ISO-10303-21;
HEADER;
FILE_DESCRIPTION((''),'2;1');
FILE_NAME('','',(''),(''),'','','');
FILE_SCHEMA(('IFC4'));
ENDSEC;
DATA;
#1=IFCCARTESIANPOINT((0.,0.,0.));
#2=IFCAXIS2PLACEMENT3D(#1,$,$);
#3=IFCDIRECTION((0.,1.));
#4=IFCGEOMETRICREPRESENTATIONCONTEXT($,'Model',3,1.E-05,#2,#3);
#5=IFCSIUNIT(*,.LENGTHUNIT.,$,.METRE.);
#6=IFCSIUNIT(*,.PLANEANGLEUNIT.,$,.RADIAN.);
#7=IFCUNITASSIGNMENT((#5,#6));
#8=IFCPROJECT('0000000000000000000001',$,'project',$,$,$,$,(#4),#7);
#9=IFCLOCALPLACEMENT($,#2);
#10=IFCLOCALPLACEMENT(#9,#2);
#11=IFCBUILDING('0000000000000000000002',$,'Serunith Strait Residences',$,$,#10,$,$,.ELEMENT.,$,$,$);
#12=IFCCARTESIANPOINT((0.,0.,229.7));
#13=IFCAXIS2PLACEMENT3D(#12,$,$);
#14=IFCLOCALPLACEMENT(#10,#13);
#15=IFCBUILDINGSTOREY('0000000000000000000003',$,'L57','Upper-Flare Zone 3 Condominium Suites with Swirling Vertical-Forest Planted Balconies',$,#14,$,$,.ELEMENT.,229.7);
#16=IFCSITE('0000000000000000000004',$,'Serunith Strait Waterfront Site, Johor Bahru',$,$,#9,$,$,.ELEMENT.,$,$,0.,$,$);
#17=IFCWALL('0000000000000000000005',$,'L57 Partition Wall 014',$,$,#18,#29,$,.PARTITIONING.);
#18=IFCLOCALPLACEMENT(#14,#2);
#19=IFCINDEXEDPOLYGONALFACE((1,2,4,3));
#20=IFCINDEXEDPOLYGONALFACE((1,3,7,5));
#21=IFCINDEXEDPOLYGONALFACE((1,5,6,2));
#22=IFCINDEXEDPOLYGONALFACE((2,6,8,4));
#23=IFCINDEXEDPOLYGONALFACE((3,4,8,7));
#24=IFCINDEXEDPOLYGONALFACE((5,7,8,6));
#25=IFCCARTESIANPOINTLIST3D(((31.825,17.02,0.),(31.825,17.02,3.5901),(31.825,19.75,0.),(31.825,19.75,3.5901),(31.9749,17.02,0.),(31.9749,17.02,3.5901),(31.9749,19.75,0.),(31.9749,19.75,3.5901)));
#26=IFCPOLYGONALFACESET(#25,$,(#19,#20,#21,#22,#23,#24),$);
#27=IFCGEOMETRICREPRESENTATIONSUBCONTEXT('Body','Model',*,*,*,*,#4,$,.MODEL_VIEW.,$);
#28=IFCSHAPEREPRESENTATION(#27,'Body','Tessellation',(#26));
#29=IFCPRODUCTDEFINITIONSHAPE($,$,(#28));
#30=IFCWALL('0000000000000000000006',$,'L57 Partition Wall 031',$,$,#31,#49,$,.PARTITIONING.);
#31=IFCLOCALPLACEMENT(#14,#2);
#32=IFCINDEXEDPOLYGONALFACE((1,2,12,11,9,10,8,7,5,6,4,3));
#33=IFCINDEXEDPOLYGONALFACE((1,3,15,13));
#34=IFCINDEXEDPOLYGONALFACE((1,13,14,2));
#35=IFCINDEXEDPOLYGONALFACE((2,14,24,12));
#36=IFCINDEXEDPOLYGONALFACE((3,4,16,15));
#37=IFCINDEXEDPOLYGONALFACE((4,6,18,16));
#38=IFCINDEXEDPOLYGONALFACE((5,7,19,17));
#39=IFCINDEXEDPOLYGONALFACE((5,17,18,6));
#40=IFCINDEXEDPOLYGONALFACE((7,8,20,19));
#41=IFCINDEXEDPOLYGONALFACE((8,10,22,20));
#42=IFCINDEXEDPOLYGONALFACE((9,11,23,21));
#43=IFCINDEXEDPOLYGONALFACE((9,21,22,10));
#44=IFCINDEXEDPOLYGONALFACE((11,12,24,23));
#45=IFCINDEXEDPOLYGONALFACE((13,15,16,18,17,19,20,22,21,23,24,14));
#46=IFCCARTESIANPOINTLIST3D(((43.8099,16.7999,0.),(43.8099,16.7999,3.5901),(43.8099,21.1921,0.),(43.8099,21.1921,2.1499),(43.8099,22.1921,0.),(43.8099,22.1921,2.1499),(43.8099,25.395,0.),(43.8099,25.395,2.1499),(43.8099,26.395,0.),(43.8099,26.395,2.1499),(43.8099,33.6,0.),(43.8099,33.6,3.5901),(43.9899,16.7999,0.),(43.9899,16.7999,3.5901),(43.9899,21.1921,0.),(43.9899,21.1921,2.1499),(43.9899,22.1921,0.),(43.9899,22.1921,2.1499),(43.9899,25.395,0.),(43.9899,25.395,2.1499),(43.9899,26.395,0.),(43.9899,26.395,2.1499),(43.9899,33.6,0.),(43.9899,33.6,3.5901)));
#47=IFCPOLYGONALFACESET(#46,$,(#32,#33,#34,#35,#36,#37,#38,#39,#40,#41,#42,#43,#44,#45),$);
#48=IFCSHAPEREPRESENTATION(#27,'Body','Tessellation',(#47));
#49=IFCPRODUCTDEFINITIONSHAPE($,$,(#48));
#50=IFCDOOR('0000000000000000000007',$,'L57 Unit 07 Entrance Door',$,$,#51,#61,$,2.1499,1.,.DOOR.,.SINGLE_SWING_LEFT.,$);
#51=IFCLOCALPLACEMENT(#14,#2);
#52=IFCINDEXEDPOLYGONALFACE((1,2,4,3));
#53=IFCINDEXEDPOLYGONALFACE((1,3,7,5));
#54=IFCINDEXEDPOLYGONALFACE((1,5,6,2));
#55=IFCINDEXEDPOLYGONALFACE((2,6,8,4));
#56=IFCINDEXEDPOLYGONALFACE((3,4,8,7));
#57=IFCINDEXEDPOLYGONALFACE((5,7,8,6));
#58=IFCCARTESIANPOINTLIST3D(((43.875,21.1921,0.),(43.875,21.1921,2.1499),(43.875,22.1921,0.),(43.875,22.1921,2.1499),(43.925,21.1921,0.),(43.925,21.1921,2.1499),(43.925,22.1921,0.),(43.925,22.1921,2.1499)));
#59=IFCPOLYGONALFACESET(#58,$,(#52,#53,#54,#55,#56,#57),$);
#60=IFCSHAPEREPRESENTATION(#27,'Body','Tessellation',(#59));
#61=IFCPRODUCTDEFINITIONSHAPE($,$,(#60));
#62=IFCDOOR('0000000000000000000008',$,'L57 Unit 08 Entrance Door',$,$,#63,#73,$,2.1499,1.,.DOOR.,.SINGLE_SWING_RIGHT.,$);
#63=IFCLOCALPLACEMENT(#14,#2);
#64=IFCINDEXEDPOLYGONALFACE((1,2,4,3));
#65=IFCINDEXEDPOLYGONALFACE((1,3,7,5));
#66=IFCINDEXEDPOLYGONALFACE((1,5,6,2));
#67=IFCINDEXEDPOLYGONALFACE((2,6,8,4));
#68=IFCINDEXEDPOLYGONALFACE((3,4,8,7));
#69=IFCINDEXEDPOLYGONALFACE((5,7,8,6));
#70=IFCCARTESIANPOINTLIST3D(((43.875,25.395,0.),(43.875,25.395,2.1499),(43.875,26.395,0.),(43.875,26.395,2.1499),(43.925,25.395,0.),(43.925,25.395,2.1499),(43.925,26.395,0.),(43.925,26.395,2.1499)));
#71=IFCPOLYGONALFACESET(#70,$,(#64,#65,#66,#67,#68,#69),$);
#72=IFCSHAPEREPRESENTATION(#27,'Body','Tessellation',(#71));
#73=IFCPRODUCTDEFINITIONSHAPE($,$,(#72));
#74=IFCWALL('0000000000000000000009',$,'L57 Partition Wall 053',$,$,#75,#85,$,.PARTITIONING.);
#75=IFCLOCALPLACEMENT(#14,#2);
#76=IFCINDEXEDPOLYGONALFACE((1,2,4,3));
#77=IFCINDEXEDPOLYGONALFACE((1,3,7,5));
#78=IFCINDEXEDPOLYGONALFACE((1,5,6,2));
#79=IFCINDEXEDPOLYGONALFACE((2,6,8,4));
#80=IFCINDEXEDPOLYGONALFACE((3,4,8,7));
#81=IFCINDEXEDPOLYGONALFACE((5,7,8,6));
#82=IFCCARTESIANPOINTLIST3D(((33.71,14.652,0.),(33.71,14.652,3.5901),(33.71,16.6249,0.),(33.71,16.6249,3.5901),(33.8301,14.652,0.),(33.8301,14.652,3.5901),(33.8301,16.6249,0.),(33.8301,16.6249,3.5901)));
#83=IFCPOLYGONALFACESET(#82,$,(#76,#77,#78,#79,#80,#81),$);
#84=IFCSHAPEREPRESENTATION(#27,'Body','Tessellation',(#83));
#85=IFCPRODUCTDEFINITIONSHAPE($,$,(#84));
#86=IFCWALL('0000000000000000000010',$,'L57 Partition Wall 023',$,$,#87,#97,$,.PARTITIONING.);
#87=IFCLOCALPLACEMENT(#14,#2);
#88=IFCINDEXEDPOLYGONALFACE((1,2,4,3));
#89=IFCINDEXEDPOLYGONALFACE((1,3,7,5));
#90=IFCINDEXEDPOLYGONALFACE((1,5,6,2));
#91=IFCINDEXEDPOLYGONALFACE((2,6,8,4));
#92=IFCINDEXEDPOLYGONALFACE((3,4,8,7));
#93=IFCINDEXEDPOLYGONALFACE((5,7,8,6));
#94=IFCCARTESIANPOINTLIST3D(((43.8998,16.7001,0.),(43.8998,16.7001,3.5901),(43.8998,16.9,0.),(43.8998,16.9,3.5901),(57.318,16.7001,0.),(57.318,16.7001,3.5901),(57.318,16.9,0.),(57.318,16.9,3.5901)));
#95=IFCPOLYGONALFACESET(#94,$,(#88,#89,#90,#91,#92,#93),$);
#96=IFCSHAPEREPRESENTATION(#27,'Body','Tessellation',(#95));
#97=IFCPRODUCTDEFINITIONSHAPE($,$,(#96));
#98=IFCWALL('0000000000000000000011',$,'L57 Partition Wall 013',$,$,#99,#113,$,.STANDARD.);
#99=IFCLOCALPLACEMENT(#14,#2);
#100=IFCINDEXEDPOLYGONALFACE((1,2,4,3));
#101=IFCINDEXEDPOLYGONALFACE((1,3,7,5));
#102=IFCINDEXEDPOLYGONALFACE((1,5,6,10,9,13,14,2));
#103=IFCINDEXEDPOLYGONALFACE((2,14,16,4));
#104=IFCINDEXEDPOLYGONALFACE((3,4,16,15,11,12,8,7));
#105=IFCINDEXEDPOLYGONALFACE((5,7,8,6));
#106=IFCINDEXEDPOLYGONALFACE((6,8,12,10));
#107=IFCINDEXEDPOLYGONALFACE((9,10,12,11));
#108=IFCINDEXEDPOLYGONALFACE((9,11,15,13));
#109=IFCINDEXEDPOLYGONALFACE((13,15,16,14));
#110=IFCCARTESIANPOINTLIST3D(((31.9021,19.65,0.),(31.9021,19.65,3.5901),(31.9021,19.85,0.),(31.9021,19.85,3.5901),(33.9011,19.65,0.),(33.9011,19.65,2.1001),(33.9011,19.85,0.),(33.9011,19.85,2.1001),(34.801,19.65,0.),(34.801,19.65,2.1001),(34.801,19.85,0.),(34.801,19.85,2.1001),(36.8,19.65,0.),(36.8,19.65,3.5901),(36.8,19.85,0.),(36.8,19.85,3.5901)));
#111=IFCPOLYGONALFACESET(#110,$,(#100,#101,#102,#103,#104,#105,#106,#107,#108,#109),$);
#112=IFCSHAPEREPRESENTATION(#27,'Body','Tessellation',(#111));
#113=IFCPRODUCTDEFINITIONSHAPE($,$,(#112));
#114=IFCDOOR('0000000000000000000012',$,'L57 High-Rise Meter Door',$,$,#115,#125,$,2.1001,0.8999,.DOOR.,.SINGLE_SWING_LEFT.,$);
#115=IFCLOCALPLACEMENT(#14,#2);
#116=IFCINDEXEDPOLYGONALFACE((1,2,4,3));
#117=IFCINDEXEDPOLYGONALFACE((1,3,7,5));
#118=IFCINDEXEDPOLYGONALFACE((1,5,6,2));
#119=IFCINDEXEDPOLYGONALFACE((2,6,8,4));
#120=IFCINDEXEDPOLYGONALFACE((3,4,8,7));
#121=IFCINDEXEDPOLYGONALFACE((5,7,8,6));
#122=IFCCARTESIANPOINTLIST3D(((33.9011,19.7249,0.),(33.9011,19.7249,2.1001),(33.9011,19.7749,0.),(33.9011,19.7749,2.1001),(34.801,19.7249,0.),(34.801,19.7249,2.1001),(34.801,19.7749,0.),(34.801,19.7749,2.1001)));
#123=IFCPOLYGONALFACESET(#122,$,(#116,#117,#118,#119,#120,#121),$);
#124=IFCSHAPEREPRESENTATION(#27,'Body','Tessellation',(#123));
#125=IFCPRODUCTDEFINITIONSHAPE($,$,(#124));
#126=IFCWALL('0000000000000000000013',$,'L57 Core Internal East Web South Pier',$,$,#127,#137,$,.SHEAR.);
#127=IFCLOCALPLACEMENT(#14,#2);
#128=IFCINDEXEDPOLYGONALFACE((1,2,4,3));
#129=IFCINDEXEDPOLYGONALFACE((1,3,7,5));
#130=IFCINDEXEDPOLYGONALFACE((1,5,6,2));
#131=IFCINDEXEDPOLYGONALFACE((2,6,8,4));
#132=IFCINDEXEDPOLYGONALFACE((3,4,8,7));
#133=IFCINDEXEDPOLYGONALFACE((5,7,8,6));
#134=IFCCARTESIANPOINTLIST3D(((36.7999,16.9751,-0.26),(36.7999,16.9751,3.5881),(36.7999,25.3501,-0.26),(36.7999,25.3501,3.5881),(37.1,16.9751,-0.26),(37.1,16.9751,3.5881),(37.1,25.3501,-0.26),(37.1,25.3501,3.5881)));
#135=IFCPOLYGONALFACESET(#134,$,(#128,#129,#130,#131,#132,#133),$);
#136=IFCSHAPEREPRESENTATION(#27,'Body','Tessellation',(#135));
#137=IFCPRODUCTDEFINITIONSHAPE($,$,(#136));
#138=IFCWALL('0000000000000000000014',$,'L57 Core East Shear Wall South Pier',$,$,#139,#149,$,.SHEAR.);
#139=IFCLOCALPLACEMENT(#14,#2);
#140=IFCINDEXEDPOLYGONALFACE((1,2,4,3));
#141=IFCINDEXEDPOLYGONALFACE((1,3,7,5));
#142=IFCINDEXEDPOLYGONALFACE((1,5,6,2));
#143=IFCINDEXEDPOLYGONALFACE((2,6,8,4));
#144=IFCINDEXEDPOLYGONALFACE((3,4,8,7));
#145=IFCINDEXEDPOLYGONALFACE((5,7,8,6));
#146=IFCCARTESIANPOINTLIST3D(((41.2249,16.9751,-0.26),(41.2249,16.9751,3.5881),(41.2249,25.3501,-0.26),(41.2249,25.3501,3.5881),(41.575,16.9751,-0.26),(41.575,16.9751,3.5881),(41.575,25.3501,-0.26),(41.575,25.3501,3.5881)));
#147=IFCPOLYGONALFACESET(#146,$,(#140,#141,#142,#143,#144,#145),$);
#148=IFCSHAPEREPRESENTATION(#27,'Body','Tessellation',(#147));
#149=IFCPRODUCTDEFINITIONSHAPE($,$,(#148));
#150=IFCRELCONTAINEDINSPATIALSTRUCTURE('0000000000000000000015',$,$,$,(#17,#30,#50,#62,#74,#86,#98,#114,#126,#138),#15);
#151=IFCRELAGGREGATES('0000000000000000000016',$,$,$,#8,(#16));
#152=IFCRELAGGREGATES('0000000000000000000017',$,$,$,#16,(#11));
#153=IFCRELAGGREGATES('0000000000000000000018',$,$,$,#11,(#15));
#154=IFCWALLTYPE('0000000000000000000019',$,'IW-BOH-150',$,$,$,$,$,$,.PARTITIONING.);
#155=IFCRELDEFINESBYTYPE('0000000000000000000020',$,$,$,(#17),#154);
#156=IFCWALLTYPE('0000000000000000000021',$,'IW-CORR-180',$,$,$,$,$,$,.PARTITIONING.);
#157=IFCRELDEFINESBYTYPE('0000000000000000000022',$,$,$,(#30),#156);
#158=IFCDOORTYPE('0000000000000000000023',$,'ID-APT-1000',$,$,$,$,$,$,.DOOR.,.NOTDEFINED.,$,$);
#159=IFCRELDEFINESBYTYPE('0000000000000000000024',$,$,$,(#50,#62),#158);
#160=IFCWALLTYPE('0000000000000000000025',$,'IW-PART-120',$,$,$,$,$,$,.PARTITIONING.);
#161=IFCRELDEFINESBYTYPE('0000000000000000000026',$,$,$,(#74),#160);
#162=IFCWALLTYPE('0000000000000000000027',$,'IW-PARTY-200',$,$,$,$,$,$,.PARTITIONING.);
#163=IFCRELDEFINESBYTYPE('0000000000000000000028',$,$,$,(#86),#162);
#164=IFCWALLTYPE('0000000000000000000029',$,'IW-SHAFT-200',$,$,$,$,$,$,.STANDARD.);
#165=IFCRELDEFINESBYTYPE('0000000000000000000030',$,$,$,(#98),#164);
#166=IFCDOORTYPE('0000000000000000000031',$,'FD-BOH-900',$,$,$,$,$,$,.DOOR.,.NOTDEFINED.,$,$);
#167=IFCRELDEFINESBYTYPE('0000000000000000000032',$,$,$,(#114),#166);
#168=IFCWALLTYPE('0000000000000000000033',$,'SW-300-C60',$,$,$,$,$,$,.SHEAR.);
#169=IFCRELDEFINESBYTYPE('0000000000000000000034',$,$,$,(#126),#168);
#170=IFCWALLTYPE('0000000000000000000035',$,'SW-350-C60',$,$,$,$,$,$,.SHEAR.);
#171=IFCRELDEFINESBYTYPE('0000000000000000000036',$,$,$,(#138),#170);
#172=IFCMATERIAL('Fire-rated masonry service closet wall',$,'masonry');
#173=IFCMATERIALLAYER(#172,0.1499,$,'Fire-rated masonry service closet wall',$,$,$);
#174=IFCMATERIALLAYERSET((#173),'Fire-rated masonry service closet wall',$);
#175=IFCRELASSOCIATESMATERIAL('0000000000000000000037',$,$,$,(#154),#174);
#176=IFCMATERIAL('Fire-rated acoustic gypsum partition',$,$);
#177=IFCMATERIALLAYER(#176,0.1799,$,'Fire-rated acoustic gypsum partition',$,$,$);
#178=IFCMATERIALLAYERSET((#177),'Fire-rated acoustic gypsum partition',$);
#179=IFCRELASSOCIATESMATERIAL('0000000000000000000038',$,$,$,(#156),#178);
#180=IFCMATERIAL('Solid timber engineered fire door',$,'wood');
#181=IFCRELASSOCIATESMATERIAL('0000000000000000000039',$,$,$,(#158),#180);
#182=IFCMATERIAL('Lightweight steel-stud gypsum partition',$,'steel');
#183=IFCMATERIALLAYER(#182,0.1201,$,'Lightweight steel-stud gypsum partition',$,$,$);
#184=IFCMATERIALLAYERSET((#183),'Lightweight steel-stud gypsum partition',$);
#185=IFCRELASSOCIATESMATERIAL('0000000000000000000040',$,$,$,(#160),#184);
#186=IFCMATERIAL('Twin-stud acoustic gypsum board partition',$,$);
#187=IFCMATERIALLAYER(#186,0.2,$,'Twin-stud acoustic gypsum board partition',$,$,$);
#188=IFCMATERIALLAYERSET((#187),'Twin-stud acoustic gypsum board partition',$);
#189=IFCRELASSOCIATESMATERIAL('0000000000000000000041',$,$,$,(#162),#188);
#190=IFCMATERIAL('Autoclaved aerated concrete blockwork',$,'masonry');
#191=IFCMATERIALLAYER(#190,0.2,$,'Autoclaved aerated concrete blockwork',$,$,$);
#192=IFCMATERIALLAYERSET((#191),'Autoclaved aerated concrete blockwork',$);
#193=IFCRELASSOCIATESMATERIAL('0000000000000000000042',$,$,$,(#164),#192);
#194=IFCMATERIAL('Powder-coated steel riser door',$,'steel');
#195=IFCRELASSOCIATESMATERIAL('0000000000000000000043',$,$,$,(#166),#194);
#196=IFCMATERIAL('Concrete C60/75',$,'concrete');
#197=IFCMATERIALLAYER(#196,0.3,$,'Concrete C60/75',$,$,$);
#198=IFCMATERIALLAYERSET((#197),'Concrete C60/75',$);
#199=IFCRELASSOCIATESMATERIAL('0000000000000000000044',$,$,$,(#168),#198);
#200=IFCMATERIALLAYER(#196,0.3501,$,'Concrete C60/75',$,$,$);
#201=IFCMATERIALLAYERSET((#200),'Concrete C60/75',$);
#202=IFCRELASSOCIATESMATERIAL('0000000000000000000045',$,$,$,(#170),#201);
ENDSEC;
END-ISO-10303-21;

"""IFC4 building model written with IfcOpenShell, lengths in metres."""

from ifc_helpers import new_model, si_unit, direction, frame, frame_2d, origin, place, context, subcontext, project, spatial, rectangle, extrude, source, transform, mapped, material, layer, layer_set, type_object, element, fill, save


model = new_model("IFC4")

# Units and contexts
model_context = context("Model", 3, precision=1e-05, world=origin(), true_north=direction((0.0, 1.0)))
body_context = subcontext(model_context, "Body", "Model", "MODEL_VIEW")
ifc_project = project(units=[si_unit("LENGTHUNIT", "METRE"), si_unit("PLANEANGLEUNIT", "RADIAN")], contexts=[model_context])

# Site, building, storey
site_placement = place(None, origin())
site = spatial("IfcSite", under=ifc_project, at=site_placement, Name="Serunith Strait Waterfront Site, Johor Bahru", CompositionType="ELEMENT", RefElevation=0.0)
building_placement = place(site_placement, origin())
building = spatial("IfcBuilding", under=site, at=building_placement, Name="Serunith Strait Residences", CompositionType="ELEMENT")
storey_placement = place(building_placement, frame((0.0, 0.0, 229.7)))
storey = spatial("IfcBuildingStorey", under=building, at=storey_placement, Name="L57", Description="Upper-Flare Zone 3 Condominium Suites with Swirling Vertical-Forest Planted Balconies", CompositionType="ELEMENT", Elevation=229.7)

# Shared definitions
ifc_material_1 = material(Name="Concrete C60/75", Category="concrete")

# Wall
ifc_material_2 = material(Name="Fire-rated masonry service closet wall", Category="masonry")
ifc_layer_1 = layer(ifc_material_2, 0.1499, Name="Fire-rated masonry service closet wall")
ifc_layer_set_1 = layer_set([ifc_layer_1], Name="Fire-rated masonry service closet wall")
wall_type_1 = type_object("IfcWallType", Name="IW-BOH-150", PredefinedType="PARTITIONING", material=ifc_layer_set_1)
wall_1_placement = place(storey_placement, frame((31.8999, 17.02, 0.0), z_axis=(0.0, 0.0, 1.0), x_axis=(0.0, 1.0, 0.0)))
element("IfcWall", 1, at=wall_1_placement, inside=storey, type_object=wall_type_1, Name="L57 Partition Wall 014", PredefinedType="PARTITIONING", context=body_context, shape_type="SweptSolid", body=[
    extrude(rectangle(XDim=2.73, YDim=0.1499, at=frame_2d((1.365, 0.0))), origin(), (0.0, 0.0, 1.0), 3.5901),
])

# Shared definitions
ifc_material_3 = material(Name="Fire-rated acoustic gypsum partition")
ifc_layer_2 = layer(ifc_material_3, 0.1799, Name="Fire-rated acoustic gypsum partition")
ifc_layer_set_2 = layer_set([ifc_layer_2], Name="Fire-rated acoustic gypsum partition")
wall_type_2 = type_object("IfcWallType", Name="IW-CORR-180", PredefinedType="PARTITIONING", material=ifc_layer_set_2)
ifc_material_4 = material(Name="Solid timber engineered fire door", Category="wood")
door_type_1 = type_object("IfcDoorType", Name="ID-APT-1000", OperationType="NOTDEFINED", PredefinedType="DOOR", material=ifc_material_4)
shared_shape_1 = source(origin(), body_context, "Body", "SweptSolid", [
    extrude(rectangle(XDim=1.0, YDim=2.1499, at=frame_2d((0.5, 1.075))), frame((0.0, 0.0249, 0.0), z_axis=(0.0, -1.0, 0.0), x_axis=(1.0, 0.0, 0.0)), (0.0, 0.0, 1.0), 0.05),
])

# Wall, openings, doors
wall_2_placement = place(storey_placement, frame((43.8999, 16.8, 0.0), z_axis=(0.0, 0.0, 1.0), x_axis=(0.0, 1.0, 0.0)))
wall_2 = element("IfcWall", 2, at=wall_2_placement, inside=storey, type_object=wall_type_2, Name="L57 Partition Wall 031", PredefinedType="PARTITIONING", context=body_context, shape_type="SweptSolid", body=[
    extrude(rectangle(XDim=16.8, YDim=0.1799, at=frame_2d((8.3999, 0.0))), origin(), (0.0, 0.0, 1.0), 3.5901),
])
opening_1_placement = place(wall_2_placement, frame((4.3921, 0.0, 0.0)))
opening_1 = element("IfcOpeningElement", 3, at=opening_1_placement, cuts=wall_2, PredefinedType="OPENING", context=body_context, shape_type="SweptSolid", body=[
    extrude(rectangle(XDim=1.0, YDim=2.1499, at=frame_2d((0.5, 1.075))), frame((0.0, 0.1001, 0.0), z_axis=(0.0, -1.0, 0.0), x_axis=(1.0, 0.0, 0.0)), (0.0, 0.0, 1.0), 0.2),
])
opening_2_placement = place(wall_2_placement, frame((8.595, 0.0, 0.0)))
opening_2 = element("IfcOpeningElement", 4, at=opening_2_placement, cuts=wall_2, PredefinedType="OPENING", context=body_context, shape_type="SweptSolid", body=[
    extrude(rectangle(XDim=1.0, YDim=2.1499, at=frame_2d((0.5, 1.075))), frame((0.0, 0.1001, 0.0), z_axis=(0.0, -1.0, 0.0), x_axis=(1.0, 0.0, 0.0)), (0.0, 0.0, 1.0), 0.2),
])
door_1_placement = place(opening_1_placement, origin())
door_1 = element("IfcDoor", 5, at=door_1_placement, inside=storey, type_object=door_type_1, Name="L57 Unit 07 Entrance Door", OperationType="SINGLE_SWING_LEFT", OverallHeight=2.1499, OverallWidth=1.0, PredefinedType="DOOR", context=body_context, shape_type="MappedRepresentation", body=[
    mapped(shared_shape_1, transform((0.0, 0.0, 0.0), scale=1.0)),
])
fill(opening_1, door_1)
door_2_placement = place(opening_2_placement, origin())
door_2 = element("IfcDoor", 6, at=door_2_placement, inside=storey, type_object=door_type_1, Name="L57 Unit 08 Entrance Door", OperationType="SINGLE_SWING_RIGHT", OverallHeight=2.1499, OverallWidth=1.0, PredefinedType="DOOR", context=body_context, shape_type="MappedRepresentation", body=[
    mapped(shared_shape_1, transform((0.0, 0.0, 0.0), scale=1.0)),
])
fill(opening_2, door_2)

# Walls
ifc_material_5 = material(Name="Lightweight steel-stud gypsum partition", Category="steel")
ifc_layer_3 = layer(ifc_material_5, 0.1201, Name="Lightweight steel-stud gypsum partition")
ifc_layer_set_3 = layer_set([ifc_layer_3], Name="Lightweight steel-stud gypsum partition")
wall_type_3 = type_object("IfcWallType", Name="IW-PART-120", PredefinedType="PARTITIONING", material=ifc_layer_set_3)
wall_3_placement = place(storey_placement, frame((33.77, 14.6521, 0.0), z_axis=(0.0, 0.0, 1.0), x_axis=(0.0, 1.0, 0.0)))
element("IfcWall", 7, at=wall_3_placement, inside=storey, type_object=wall_type_3, Name="L57 Partition Wall 053", PredefinedType="PARTITIONING", context=body_context, shape_type="SweptSolid", body=[
    extrude(rectangle(XDim=1.9729, YDim=0.1201, at=frame_2d((0.9863, 0.0))), origin(), (0.0, 0.0, 1.0), 3.5901),
])
ifc_material_6 = material(Name="Twin-stud acoustic gypsum board partition")
ifc_layer_4 = layer(ifc_material_6, 0.2, Name="Twin-stud acoustic gypsum board partition")
ifc_layer_set_4 = layer_set([ifc_layer_4], Name="Twin-stud acoustic gypsum board partition")
wall_type_4 = type_object("IfcWallType", Name="IW-PARTY-200", PredefinedType="PARTITIONING", material=ifc_layer_set_4)
wall_4_placement = place(storey_placement, frame((43.8999, 16.8, 0.0), z_axis=(0.0, 0.0, 1.0), x_axis=(1.0, 0.0, 0.0)))
element("IfcWall", 8, at=wall_4_placement, inside=storey, type_object=wall_type_4, Name="L57 Partition Wall 023", PredefinedType="PARTITIONING", context=body_context, shape_type="SweptSolid", body=[
    extrude(rectangle(XDim=13.4182, YDim=0.2, at=frame_2d((6.709, 0.0))), origin(), (0.0, 0.0, 1.0), 3.5901),
])

# Wall, opening, door
ifc_material_7 = material(Name="Autoclaved aerated concrete blockwork", Category="masonry")
ifc_layer_5 = layer(ifc_material_7, 0.2, Name="Autoclaved aerated concrete blockwork")
ifc_layer_set_5 = layer_set([ifc_layer_5], Name="Autoclaved aerated concrete blockwork")
wall_type_5 = type_object("IfcWallType", Name="IW-SHAFT-200", PredefinedType="STANDARD", material=ifc_layer_set_5)
wall_5_placement = place(storey_placement, frame((31.9021, 19.75, 0.0), z_axis=(0.0, 0.0, 1.0), x_axis=(1.0, 0.0, 0.0)))
wall_5 = element("IfcWall", 9, at=wall_5_placement, inside=storey, type_object=wall_type_5, Name="L57 Partition Wall 013", PredefinedType="STANDARD", context=body_context, shape_type="SweptSolid", body=[
    extrude(rectangle(XDim=4.8979, YDim=0.2, at=frame_2d((2.449, 0.0))), origin(), (0.0, 0.0, 1.0), 3.5901),
])
opening_3_placement = place(wall_5_placement, frame((1.999, 0.0, 0.0)))
opening_3 = element("IfcOpeningElement", 10, at=opening_3_placement, cuts=wall_5, PredefinedType="OPENING", context=body_context, shape_type="SweptSolid", body=[
    extrude(rectangle(XDim=0.8999, YDim=2.1001, at=frame_2d((0.45, 1.05))), frame((0.0, 0.1099, 0.0), z_axis=(0.0, -1.0, 0.0), x_axis=(1.0, 0.0, 0.0)), (0.0, 0.0, 1.0), 0.22),
])
ifc_material_8 = material(Name="Powder-coated steel riser door", Category="steel")
door_type_2 = type_object("IfcDoorType", Name="FD-BOH-900", OperationType="NOTDEFINED", PredefinedType="DOOR", material=ifc_material_8)
shared_shape_2 = source(origin(), body_context, "Body", "SweptSolid", [
    extrude(rectangle(XDim=0.8999, YDim=2.1001, at=frame_2d((0.45, 1.05))), frame((0.0, 0.0249, 0.0), z_axis=(0.0, -1.0, 0.0), x_axis=(1.0, 0.0, 0.0)), (0.0, 0.0, 1.0), 0.05),
])
door_3_placement = place(opening_3_placement, origin())
door_3 = element("IfcDoor", 11, at=door_3_placement, inside=storey, type_object=door_type_2, Name="L57 High-Rise Meter Door", OperationType="SINGLE_SWING_LEFT", OverallHeight=2.1001, OverallWidth=0.8999, PredefinedType="DOOR", context=body_context, shape_type="MappedRepresentation", body=[
    mapped(shared_shape_2, transform((0.0, 0.0, 0.0), scale=1.0)),
])
fill(opening_3, door_3)

# Walls
ifc_layer_6 = layer(ifc_material_1, 0.3, Name="Concrete C60/75")
ifc_layer_set_6 = layer_set([ifc_layer_6], Name="Concrete C60/75")
wall_type_6 = type_object("IfcWallType", Name="SW-300-C60", PredefinedType="SHEAR", material=ifc_layer_set_6)
wall_6_placement = place(storey_placement, frame((36.95, 16.9751, -0.26), z_axis=(0.0, 0.0, 1.0), x_axis=(0.0, 1.0, 0.0)))
element("IfcWall", 12, at=wall_6_placement, inside=storey, type_object=wall_type_6, Name="L57 Core Internal East Web South Pier", PredefinedType="SHEAR", context=body_context, shape_type="SweptSolid", body=[
    extrude(rectangle(XDim=8.375, YDim=0.3, at=frame_2d((4.1875, 0.0))), origin(), (0.0, 0.0, 1.0), 3.8481),
])
ifc_layer_7 = layer(ifc_material_1, 0.3501, Name="Concrete C60/75")
ifc_layer_set_7 = layer_set([ifc_layer_7], Name="Concrete C60/75")
wall_type_7 = type_object("IfcWallType", Name="SW-350-C60", PredefinedType="SHEAR", material=ifc_layer_set_7)
wall_7_placement = place(storey_placement, frame((41.3999, 16.9751, -0.26), z_axis=(0.0, 0.0, 1.0), x_axis=(0.0, 1.0, 0.0)))
element("IfcWall", 13, at=wall_7_placement, inside=storey, type_object=wall_type_7, Name="L57 Core East Shear Wall South Pier", PredefinedType="SHEAR", context=body_context, shape_type="SweptSolid", body=[
    extrude(rectangle(XDim=8.375, YDim=0.3501, at=frame_2d((4.1875, 0.0))), origin(), (0.0, 0.0, 1.0), 3.8481),
])

save(model, "model.ifc")
